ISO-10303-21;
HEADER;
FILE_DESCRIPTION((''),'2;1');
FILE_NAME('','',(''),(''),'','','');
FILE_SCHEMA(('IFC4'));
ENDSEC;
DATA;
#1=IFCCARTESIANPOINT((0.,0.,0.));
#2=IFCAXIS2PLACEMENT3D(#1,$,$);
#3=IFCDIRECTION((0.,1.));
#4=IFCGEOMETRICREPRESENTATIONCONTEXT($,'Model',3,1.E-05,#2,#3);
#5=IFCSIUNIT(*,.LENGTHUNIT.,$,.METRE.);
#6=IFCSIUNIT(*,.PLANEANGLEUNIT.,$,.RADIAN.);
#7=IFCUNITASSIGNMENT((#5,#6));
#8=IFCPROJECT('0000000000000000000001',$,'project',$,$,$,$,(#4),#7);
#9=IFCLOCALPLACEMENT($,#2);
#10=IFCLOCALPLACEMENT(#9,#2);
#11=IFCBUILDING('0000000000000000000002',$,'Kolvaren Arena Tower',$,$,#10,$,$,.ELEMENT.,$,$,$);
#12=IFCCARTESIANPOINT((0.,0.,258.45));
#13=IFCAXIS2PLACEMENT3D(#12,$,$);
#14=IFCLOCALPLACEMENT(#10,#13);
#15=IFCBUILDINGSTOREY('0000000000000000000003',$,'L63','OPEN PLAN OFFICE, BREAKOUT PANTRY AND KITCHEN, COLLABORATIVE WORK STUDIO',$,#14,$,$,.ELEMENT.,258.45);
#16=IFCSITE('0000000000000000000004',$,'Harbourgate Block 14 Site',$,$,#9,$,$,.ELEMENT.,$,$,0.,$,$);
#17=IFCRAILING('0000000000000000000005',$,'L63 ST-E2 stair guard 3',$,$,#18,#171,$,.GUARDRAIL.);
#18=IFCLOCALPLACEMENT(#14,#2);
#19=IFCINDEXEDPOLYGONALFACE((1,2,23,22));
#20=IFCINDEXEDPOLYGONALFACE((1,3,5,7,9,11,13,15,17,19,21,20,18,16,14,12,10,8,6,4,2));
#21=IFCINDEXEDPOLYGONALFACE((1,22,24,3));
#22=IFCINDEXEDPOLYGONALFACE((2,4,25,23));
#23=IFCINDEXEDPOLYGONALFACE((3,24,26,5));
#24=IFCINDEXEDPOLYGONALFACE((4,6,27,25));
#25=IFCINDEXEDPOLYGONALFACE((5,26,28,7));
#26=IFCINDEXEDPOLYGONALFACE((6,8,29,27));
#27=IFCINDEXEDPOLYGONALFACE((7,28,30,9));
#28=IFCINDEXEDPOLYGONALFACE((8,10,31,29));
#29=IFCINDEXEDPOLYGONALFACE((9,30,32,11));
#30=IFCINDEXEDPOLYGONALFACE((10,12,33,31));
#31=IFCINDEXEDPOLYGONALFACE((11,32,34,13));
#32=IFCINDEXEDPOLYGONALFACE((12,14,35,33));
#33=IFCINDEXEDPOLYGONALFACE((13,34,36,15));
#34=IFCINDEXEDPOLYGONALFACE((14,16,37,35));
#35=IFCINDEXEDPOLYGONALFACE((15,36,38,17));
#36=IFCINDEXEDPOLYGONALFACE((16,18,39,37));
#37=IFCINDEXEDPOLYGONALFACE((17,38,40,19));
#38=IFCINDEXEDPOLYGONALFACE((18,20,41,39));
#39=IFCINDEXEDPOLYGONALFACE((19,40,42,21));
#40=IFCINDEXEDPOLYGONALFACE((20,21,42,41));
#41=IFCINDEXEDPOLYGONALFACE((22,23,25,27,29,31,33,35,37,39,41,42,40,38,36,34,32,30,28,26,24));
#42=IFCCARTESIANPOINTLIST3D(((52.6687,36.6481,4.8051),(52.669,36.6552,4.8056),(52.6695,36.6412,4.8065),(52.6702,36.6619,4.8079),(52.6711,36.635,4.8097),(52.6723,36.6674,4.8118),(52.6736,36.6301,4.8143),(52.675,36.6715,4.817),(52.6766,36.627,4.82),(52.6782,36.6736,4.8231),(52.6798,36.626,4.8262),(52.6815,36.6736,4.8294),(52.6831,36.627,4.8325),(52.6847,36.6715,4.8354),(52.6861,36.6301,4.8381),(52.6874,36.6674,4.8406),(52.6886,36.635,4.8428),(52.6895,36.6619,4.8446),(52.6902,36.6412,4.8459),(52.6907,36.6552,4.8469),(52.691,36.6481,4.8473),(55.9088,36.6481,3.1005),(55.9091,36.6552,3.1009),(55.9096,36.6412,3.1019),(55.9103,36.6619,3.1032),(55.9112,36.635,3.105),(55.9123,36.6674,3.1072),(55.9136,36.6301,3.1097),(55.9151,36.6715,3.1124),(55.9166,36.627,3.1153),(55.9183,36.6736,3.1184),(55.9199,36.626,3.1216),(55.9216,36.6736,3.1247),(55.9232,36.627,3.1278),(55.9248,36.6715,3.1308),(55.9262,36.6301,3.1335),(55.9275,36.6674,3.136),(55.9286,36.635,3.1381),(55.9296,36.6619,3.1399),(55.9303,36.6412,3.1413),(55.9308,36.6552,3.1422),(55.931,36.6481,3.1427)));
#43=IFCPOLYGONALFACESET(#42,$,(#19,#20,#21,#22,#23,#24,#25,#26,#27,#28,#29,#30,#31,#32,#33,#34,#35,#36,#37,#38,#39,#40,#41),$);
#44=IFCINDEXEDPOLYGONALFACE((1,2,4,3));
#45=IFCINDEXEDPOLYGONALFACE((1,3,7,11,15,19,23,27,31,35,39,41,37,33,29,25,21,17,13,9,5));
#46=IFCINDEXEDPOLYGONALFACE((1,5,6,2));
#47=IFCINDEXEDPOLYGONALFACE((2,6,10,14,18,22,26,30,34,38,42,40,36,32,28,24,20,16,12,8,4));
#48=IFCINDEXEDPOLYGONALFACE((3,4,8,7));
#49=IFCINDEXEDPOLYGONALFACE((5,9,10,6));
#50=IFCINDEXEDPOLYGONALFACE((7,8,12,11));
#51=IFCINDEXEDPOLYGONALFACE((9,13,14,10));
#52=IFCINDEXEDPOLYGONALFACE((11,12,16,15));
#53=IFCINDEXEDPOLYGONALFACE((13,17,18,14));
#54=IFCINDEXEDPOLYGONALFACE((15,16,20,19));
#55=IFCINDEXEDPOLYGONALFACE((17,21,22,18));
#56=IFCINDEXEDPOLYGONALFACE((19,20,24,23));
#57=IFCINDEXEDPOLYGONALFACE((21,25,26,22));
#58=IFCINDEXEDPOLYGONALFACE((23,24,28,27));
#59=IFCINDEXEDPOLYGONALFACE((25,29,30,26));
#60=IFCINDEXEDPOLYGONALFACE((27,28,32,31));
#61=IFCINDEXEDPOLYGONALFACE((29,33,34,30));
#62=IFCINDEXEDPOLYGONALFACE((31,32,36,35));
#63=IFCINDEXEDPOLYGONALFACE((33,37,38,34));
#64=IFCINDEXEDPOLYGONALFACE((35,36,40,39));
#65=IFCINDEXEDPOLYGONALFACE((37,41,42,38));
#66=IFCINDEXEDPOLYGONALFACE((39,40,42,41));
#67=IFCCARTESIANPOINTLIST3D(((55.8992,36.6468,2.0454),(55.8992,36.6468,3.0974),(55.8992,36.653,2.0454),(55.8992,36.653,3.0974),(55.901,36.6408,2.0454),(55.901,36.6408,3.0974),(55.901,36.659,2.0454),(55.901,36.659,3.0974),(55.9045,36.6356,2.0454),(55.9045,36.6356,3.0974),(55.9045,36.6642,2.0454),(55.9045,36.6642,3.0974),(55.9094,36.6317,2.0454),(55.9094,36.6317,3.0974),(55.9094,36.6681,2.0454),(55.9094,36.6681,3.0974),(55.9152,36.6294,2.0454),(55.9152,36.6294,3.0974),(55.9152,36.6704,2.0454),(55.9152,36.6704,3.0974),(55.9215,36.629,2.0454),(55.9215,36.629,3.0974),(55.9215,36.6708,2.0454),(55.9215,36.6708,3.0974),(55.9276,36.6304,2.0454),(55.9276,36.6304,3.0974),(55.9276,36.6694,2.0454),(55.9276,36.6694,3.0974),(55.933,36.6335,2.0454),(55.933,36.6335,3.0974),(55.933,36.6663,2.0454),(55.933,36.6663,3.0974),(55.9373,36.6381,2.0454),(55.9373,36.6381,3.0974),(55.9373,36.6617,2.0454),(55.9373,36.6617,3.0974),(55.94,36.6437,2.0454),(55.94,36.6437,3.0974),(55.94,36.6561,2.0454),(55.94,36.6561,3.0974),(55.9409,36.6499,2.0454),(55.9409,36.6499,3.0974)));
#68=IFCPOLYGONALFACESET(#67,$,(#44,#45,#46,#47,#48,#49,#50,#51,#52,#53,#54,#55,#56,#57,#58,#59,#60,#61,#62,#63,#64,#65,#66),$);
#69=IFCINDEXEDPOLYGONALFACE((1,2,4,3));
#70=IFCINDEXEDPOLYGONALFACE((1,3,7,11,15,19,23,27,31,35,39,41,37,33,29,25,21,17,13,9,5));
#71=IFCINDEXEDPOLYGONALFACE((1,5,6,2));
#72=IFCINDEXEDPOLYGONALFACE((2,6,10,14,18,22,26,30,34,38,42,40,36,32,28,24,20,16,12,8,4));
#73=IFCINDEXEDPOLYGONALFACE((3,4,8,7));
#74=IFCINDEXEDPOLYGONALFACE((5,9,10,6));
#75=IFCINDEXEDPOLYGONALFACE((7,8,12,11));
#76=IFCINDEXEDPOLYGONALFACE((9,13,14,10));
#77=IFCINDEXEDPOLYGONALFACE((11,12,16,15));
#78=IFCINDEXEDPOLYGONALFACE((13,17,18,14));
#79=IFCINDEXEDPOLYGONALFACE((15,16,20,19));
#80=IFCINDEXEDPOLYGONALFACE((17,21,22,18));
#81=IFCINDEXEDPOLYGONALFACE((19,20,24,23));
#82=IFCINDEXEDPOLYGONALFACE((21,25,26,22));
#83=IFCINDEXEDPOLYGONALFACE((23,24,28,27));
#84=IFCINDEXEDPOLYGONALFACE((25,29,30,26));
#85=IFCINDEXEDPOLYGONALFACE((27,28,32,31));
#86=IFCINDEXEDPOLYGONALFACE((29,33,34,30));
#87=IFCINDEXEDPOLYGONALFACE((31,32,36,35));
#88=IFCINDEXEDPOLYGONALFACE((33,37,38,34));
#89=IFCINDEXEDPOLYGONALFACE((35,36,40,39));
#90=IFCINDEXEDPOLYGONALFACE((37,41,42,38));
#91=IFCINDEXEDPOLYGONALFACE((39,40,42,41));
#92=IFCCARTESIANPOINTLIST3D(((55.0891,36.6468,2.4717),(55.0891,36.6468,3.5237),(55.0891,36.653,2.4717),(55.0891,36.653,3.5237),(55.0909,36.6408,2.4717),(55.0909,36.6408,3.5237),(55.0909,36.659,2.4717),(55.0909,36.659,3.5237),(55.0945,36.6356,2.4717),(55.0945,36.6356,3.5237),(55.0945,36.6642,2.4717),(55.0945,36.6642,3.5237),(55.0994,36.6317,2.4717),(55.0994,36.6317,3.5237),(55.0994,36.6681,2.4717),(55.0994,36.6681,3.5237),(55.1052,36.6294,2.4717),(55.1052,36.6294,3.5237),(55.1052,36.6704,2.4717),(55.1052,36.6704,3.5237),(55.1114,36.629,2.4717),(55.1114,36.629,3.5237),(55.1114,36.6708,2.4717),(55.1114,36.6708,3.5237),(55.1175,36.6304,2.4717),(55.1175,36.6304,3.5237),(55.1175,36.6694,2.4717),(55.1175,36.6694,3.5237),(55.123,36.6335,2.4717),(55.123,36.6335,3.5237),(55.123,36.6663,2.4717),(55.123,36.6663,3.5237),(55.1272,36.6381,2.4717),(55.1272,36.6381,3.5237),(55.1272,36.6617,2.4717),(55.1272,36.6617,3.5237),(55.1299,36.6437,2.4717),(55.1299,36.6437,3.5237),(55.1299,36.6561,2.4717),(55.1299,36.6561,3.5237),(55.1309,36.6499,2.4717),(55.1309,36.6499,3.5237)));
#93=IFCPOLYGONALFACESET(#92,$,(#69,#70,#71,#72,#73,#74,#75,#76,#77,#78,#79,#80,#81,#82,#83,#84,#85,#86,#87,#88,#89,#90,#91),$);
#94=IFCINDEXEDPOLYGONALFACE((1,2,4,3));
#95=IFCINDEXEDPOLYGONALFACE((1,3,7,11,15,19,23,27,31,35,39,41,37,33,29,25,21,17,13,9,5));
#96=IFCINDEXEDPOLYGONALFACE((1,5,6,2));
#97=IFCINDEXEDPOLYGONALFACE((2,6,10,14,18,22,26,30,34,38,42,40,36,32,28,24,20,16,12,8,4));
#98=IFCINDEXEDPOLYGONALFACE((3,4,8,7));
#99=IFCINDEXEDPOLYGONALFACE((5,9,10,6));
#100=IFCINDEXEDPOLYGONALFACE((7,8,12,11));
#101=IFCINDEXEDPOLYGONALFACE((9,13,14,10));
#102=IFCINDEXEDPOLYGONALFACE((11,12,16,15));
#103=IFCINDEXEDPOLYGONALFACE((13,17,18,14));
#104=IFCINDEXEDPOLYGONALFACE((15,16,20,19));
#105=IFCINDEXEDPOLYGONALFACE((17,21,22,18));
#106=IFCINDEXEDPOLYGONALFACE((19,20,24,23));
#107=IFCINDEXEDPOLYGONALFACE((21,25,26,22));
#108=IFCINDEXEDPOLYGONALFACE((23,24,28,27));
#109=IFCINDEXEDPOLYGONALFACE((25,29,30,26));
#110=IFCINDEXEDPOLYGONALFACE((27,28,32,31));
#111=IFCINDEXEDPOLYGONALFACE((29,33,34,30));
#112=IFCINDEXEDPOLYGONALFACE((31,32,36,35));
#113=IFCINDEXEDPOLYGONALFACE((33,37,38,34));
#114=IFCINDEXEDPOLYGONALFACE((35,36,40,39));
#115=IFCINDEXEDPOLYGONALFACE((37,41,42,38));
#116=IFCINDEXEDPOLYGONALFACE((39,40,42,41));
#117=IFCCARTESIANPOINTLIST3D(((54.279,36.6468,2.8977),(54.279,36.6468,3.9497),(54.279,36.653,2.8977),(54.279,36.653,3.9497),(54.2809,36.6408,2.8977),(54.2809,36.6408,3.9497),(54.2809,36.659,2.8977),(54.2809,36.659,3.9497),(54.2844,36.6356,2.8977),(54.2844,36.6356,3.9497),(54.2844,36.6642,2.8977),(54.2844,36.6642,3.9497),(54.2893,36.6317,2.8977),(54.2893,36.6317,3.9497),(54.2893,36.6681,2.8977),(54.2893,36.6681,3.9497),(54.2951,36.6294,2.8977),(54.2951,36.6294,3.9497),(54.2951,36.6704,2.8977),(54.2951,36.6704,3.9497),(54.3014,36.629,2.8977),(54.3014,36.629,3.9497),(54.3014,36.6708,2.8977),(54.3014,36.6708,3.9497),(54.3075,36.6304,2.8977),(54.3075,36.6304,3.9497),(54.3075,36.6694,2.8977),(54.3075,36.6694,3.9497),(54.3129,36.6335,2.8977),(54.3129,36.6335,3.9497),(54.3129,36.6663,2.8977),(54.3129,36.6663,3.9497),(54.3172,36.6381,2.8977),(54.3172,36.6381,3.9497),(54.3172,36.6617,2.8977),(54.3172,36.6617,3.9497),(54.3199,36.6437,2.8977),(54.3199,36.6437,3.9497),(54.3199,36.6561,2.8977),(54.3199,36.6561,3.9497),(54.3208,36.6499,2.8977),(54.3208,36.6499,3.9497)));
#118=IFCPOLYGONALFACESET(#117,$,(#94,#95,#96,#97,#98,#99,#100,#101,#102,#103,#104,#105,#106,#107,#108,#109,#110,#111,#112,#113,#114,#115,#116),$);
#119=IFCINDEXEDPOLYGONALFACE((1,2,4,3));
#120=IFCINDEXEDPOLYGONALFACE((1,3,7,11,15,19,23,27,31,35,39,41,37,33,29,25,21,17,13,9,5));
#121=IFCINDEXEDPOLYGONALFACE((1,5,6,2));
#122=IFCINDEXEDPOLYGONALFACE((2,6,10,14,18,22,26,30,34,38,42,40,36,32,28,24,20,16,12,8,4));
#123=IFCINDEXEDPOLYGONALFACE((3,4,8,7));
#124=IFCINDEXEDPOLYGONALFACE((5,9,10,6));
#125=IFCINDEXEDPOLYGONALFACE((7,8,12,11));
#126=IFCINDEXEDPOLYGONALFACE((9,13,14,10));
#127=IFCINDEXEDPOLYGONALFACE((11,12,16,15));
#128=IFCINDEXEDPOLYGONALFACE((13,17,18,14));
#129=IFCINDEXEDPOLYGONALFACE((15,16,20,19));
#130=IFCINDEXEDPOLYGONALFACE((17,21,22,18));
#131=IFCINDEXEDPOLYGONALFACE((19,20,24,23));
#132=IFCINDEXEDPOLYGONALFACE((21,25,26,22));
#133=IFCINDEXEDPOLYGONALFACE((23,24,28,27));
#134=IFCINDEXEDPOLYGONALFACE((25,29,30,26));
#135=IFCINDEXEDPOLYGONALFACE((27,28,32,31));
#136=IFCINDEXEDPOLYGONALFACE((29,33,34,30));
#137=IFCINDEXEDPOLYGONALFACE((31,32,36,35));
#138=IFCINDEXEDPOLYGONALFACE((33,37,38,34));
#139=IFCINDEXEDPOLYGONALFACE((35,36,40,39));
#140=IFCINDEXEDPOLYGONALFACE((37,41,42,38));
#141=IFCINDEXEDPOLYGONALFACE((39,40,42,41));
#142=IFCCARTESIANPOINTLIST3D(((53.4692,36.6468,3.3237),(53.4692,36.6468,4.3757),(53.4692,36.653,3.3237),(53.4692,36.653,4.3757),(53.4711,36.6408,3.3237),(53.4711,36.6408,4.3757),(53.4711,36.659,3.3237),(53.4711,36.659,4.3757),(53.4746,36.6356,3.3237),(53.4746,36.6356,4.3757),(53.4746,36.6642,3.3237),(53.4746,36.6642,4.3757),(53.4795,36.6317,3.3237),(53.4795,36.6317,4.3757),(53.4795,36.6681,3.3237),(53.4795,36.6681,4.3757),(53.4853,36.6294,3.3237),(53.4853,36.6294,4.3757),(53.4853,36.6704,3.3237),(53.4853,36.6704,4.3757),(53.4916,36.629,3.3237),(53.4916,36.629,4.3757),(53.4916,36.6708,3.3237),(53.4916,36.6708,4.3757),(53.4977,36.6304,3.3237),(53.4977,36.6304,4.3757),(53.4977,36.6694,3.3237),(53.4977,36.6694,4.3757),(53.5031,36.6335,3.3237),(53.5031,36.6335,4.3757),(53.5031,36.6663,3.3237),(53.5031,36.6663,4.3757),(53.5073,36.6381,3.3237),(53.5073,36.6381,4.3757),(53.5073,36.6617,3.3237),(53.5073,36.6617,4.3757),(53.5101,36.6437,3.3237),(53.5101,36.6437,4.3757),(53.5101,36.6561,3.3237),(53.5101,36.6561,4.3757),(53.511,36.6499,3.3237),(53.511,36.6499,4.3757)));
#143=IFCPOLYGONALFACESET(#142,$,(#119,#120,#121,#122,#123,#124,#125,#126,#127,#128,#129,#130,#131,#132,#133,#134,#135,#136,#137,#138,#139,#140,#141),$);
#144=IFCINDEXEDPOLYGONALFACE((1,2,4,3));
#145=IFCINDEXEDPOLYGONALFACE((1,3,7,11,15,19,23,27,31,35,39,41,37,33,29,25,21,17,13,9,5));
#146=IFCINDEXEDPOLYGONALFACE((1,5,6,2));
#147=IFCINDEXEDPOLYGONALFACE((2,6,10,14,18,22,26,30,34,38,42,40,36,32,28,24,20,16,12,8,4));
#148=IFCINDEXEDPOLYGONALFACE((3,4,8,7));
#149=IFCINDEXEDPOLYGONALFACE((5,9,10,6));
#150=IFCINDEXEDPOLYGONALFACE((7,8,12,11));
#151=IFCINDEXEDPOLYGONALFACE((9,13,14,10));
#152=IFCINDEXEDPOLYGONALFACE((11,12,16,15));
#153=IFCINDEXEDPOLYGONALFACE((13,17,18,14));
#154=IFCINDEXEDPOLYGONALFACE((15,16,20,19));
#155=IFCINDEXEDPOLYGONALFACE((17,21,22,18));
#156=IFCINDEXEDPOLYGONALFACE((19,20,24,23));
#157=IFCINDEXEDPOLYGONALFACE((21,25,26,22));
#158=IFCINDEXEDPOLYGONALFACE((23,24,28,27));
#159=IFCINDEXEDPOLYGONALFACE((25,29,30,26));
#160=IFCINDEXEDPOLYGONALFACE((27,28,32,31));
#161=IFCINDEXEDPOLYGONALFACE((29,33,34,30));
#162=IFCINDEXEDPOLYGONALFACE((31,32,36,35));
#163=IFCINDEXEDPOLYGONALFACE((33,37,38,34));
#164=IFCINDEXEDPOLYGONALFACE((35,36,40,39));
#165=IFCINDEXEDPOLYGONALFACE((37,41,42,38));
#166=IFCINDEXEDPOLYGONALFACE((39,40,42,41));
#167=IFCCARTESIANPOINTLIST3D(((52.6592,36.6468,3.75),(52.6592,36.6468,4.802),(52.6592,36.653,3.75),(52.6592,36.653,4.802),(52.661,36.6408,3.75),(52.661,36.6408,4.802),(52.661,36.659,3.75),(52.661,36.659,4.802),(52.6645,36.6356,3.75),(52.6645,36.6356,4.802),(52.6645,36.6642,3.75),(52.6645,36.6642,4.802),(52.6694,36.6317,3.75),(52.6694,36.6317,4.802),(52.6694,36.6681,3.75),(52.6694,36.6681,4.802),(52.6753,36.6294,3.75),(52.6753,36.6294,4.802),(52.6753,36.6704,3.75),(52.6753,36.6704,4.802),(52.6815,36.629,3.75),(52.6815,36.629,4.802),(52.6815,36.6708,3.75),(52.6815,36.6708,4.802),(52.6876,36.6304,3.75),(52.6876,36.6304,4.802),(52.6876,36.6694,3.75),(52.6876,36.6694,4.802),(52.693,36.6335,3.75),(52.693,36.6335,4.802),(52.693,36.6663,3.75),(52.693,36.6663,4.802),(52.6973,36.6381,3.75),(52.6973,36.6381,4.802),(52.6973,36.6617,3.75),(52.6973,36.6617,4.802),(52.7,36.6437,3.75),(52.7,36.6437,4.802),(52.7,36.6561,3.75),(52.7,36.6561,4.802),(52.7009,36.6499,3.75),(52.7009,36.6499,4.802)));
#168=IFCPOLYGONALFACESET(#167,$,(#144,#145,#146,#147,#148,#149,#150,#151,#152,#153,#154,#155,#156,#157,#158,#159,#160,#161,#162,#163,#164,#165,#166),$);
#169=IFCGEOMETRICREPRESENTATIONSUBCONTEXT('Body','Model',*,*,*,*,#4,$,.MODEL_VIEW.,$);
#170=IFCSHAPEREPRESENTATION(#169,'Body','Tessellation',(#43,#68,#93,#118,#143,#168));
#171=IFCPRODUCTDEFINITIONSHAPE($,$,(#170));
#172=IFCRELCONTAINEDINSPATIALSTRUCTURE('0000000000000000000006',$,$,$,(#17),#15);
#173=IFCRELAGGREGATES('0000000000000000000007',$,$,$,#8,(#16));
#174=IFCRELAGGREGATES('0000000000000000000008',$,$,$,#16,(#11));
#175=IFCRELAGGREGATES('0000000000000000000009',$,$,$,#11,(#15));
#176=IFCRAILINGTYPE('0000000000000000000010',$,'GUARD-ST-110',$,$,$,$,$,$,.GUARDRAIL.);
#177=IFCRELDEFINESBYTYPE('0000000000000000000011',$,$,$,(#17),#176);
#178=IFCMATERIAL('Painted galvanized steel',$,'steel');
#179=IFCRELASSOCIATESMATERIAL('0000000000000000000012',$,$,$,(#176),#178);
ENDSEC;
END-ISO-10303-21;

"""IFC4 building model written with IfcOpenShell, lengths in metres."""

from ifc_helpers import new_model, si_unit, direction, frame, origin, origin_2d, place, context, subcontext, project, spatial, circle, extrude, material, type_object, element, save


model = new_model("IFC4")

# Units and contexts
model_context = context("Model", 3, precision=1e-05, world=origin(), true_north=direction((0.0, 1.0)))
body_context = subcontext(model_context, "Body", "Model", "MODEL_VIEW")
ifc_project = project(units=[si_unit("LENGTHUNIT", "METRE"), si_unit("PLANEANGLEUNIT", "RADIAN")], contexts=[model_context])

# Site, building, storey
site_placement = place(None, origin())
site = spatial("IfcSite", under=ifc_project, at=site_placement, Name="Harbourgate Block 14 Site", CompositionType="ELEMENT", RefElevation=0.0)
building_placement = place(site_placement, origin())
building = spatial("IfcBuilding", under=site, at=building_placement, Name="Kolvaren Arena Tower", CompositionType="ELEMENT")
storey_placement = place(building_placement, frame((0.0, 0.0, 258.45)))
storey = spatial("IfcBuildingStorey", under=building, at=storey_placement, Name="L63", Description="OPEN PLAN OFFICE, BREAKOUT PANTRY AND KITCHEN, COLLABORATIVE WORK STUDIO", CompositionType="ELEMENT", Elevation=258.45)

# Railing
ifc_material_1 = material(Name="Painted galvanized steel", Category="steel")
railing_type = type_object("IfcRailingType", Name="GUARD-ST-110", PredefinedType="GUARDRAIL", material=ifc_material_1)
railing_1_placement = place(storey_placement, frame((55.9199, 36.6499, 2.0454)))
element("IfcRailing", 1, at=railing_1_placement, inside=storey, type_object=railing_type, Name="L63 ST-E2 stair guard 3", PredefinedType="GUARDRAIL", context=body_context, shape_type="SweptSolid", body=[
    extrude(circle(Radius=0.0239, at=origin_2d()), frame((0.0, 0.0, 1.0762), z_axis=(-0.884993, 0.0, 0.465604), x_axis=(0.0, -1.0, 0.0)), (0.0, 0.0, 1.0), 3.6611),
    extrude(circle(Radius=0.021, at=origin_2d()), origin(), (0.0, 0.0, 1.0), 1.052),
    extrude(circle(Radius=0.021, at=origin_2d()), frame((-0.8101, 0.0, 0.4263)), (0.0, 0.0, 1.0), 1.052),
    extrude(circle(Radius=0.021, at=origin_2d()), frame((-1.6201, 0.0, 0.8523)), (0.0, 0.0, 1.0), 1.052),
    extrude(circle(Radius=0.021, at=origin_2d()), frame((-2.4299, 0.0, 1.2783)), (0.0, 0.0, 1.0), 1.052),
    extrude(circle(Radius=0.021, at=origin_2d()), frame((-3.24, 0.0, 1.7046)), (0.0, 0.0, 1.0), 1.052),
])

save(model, "model.ifc")
